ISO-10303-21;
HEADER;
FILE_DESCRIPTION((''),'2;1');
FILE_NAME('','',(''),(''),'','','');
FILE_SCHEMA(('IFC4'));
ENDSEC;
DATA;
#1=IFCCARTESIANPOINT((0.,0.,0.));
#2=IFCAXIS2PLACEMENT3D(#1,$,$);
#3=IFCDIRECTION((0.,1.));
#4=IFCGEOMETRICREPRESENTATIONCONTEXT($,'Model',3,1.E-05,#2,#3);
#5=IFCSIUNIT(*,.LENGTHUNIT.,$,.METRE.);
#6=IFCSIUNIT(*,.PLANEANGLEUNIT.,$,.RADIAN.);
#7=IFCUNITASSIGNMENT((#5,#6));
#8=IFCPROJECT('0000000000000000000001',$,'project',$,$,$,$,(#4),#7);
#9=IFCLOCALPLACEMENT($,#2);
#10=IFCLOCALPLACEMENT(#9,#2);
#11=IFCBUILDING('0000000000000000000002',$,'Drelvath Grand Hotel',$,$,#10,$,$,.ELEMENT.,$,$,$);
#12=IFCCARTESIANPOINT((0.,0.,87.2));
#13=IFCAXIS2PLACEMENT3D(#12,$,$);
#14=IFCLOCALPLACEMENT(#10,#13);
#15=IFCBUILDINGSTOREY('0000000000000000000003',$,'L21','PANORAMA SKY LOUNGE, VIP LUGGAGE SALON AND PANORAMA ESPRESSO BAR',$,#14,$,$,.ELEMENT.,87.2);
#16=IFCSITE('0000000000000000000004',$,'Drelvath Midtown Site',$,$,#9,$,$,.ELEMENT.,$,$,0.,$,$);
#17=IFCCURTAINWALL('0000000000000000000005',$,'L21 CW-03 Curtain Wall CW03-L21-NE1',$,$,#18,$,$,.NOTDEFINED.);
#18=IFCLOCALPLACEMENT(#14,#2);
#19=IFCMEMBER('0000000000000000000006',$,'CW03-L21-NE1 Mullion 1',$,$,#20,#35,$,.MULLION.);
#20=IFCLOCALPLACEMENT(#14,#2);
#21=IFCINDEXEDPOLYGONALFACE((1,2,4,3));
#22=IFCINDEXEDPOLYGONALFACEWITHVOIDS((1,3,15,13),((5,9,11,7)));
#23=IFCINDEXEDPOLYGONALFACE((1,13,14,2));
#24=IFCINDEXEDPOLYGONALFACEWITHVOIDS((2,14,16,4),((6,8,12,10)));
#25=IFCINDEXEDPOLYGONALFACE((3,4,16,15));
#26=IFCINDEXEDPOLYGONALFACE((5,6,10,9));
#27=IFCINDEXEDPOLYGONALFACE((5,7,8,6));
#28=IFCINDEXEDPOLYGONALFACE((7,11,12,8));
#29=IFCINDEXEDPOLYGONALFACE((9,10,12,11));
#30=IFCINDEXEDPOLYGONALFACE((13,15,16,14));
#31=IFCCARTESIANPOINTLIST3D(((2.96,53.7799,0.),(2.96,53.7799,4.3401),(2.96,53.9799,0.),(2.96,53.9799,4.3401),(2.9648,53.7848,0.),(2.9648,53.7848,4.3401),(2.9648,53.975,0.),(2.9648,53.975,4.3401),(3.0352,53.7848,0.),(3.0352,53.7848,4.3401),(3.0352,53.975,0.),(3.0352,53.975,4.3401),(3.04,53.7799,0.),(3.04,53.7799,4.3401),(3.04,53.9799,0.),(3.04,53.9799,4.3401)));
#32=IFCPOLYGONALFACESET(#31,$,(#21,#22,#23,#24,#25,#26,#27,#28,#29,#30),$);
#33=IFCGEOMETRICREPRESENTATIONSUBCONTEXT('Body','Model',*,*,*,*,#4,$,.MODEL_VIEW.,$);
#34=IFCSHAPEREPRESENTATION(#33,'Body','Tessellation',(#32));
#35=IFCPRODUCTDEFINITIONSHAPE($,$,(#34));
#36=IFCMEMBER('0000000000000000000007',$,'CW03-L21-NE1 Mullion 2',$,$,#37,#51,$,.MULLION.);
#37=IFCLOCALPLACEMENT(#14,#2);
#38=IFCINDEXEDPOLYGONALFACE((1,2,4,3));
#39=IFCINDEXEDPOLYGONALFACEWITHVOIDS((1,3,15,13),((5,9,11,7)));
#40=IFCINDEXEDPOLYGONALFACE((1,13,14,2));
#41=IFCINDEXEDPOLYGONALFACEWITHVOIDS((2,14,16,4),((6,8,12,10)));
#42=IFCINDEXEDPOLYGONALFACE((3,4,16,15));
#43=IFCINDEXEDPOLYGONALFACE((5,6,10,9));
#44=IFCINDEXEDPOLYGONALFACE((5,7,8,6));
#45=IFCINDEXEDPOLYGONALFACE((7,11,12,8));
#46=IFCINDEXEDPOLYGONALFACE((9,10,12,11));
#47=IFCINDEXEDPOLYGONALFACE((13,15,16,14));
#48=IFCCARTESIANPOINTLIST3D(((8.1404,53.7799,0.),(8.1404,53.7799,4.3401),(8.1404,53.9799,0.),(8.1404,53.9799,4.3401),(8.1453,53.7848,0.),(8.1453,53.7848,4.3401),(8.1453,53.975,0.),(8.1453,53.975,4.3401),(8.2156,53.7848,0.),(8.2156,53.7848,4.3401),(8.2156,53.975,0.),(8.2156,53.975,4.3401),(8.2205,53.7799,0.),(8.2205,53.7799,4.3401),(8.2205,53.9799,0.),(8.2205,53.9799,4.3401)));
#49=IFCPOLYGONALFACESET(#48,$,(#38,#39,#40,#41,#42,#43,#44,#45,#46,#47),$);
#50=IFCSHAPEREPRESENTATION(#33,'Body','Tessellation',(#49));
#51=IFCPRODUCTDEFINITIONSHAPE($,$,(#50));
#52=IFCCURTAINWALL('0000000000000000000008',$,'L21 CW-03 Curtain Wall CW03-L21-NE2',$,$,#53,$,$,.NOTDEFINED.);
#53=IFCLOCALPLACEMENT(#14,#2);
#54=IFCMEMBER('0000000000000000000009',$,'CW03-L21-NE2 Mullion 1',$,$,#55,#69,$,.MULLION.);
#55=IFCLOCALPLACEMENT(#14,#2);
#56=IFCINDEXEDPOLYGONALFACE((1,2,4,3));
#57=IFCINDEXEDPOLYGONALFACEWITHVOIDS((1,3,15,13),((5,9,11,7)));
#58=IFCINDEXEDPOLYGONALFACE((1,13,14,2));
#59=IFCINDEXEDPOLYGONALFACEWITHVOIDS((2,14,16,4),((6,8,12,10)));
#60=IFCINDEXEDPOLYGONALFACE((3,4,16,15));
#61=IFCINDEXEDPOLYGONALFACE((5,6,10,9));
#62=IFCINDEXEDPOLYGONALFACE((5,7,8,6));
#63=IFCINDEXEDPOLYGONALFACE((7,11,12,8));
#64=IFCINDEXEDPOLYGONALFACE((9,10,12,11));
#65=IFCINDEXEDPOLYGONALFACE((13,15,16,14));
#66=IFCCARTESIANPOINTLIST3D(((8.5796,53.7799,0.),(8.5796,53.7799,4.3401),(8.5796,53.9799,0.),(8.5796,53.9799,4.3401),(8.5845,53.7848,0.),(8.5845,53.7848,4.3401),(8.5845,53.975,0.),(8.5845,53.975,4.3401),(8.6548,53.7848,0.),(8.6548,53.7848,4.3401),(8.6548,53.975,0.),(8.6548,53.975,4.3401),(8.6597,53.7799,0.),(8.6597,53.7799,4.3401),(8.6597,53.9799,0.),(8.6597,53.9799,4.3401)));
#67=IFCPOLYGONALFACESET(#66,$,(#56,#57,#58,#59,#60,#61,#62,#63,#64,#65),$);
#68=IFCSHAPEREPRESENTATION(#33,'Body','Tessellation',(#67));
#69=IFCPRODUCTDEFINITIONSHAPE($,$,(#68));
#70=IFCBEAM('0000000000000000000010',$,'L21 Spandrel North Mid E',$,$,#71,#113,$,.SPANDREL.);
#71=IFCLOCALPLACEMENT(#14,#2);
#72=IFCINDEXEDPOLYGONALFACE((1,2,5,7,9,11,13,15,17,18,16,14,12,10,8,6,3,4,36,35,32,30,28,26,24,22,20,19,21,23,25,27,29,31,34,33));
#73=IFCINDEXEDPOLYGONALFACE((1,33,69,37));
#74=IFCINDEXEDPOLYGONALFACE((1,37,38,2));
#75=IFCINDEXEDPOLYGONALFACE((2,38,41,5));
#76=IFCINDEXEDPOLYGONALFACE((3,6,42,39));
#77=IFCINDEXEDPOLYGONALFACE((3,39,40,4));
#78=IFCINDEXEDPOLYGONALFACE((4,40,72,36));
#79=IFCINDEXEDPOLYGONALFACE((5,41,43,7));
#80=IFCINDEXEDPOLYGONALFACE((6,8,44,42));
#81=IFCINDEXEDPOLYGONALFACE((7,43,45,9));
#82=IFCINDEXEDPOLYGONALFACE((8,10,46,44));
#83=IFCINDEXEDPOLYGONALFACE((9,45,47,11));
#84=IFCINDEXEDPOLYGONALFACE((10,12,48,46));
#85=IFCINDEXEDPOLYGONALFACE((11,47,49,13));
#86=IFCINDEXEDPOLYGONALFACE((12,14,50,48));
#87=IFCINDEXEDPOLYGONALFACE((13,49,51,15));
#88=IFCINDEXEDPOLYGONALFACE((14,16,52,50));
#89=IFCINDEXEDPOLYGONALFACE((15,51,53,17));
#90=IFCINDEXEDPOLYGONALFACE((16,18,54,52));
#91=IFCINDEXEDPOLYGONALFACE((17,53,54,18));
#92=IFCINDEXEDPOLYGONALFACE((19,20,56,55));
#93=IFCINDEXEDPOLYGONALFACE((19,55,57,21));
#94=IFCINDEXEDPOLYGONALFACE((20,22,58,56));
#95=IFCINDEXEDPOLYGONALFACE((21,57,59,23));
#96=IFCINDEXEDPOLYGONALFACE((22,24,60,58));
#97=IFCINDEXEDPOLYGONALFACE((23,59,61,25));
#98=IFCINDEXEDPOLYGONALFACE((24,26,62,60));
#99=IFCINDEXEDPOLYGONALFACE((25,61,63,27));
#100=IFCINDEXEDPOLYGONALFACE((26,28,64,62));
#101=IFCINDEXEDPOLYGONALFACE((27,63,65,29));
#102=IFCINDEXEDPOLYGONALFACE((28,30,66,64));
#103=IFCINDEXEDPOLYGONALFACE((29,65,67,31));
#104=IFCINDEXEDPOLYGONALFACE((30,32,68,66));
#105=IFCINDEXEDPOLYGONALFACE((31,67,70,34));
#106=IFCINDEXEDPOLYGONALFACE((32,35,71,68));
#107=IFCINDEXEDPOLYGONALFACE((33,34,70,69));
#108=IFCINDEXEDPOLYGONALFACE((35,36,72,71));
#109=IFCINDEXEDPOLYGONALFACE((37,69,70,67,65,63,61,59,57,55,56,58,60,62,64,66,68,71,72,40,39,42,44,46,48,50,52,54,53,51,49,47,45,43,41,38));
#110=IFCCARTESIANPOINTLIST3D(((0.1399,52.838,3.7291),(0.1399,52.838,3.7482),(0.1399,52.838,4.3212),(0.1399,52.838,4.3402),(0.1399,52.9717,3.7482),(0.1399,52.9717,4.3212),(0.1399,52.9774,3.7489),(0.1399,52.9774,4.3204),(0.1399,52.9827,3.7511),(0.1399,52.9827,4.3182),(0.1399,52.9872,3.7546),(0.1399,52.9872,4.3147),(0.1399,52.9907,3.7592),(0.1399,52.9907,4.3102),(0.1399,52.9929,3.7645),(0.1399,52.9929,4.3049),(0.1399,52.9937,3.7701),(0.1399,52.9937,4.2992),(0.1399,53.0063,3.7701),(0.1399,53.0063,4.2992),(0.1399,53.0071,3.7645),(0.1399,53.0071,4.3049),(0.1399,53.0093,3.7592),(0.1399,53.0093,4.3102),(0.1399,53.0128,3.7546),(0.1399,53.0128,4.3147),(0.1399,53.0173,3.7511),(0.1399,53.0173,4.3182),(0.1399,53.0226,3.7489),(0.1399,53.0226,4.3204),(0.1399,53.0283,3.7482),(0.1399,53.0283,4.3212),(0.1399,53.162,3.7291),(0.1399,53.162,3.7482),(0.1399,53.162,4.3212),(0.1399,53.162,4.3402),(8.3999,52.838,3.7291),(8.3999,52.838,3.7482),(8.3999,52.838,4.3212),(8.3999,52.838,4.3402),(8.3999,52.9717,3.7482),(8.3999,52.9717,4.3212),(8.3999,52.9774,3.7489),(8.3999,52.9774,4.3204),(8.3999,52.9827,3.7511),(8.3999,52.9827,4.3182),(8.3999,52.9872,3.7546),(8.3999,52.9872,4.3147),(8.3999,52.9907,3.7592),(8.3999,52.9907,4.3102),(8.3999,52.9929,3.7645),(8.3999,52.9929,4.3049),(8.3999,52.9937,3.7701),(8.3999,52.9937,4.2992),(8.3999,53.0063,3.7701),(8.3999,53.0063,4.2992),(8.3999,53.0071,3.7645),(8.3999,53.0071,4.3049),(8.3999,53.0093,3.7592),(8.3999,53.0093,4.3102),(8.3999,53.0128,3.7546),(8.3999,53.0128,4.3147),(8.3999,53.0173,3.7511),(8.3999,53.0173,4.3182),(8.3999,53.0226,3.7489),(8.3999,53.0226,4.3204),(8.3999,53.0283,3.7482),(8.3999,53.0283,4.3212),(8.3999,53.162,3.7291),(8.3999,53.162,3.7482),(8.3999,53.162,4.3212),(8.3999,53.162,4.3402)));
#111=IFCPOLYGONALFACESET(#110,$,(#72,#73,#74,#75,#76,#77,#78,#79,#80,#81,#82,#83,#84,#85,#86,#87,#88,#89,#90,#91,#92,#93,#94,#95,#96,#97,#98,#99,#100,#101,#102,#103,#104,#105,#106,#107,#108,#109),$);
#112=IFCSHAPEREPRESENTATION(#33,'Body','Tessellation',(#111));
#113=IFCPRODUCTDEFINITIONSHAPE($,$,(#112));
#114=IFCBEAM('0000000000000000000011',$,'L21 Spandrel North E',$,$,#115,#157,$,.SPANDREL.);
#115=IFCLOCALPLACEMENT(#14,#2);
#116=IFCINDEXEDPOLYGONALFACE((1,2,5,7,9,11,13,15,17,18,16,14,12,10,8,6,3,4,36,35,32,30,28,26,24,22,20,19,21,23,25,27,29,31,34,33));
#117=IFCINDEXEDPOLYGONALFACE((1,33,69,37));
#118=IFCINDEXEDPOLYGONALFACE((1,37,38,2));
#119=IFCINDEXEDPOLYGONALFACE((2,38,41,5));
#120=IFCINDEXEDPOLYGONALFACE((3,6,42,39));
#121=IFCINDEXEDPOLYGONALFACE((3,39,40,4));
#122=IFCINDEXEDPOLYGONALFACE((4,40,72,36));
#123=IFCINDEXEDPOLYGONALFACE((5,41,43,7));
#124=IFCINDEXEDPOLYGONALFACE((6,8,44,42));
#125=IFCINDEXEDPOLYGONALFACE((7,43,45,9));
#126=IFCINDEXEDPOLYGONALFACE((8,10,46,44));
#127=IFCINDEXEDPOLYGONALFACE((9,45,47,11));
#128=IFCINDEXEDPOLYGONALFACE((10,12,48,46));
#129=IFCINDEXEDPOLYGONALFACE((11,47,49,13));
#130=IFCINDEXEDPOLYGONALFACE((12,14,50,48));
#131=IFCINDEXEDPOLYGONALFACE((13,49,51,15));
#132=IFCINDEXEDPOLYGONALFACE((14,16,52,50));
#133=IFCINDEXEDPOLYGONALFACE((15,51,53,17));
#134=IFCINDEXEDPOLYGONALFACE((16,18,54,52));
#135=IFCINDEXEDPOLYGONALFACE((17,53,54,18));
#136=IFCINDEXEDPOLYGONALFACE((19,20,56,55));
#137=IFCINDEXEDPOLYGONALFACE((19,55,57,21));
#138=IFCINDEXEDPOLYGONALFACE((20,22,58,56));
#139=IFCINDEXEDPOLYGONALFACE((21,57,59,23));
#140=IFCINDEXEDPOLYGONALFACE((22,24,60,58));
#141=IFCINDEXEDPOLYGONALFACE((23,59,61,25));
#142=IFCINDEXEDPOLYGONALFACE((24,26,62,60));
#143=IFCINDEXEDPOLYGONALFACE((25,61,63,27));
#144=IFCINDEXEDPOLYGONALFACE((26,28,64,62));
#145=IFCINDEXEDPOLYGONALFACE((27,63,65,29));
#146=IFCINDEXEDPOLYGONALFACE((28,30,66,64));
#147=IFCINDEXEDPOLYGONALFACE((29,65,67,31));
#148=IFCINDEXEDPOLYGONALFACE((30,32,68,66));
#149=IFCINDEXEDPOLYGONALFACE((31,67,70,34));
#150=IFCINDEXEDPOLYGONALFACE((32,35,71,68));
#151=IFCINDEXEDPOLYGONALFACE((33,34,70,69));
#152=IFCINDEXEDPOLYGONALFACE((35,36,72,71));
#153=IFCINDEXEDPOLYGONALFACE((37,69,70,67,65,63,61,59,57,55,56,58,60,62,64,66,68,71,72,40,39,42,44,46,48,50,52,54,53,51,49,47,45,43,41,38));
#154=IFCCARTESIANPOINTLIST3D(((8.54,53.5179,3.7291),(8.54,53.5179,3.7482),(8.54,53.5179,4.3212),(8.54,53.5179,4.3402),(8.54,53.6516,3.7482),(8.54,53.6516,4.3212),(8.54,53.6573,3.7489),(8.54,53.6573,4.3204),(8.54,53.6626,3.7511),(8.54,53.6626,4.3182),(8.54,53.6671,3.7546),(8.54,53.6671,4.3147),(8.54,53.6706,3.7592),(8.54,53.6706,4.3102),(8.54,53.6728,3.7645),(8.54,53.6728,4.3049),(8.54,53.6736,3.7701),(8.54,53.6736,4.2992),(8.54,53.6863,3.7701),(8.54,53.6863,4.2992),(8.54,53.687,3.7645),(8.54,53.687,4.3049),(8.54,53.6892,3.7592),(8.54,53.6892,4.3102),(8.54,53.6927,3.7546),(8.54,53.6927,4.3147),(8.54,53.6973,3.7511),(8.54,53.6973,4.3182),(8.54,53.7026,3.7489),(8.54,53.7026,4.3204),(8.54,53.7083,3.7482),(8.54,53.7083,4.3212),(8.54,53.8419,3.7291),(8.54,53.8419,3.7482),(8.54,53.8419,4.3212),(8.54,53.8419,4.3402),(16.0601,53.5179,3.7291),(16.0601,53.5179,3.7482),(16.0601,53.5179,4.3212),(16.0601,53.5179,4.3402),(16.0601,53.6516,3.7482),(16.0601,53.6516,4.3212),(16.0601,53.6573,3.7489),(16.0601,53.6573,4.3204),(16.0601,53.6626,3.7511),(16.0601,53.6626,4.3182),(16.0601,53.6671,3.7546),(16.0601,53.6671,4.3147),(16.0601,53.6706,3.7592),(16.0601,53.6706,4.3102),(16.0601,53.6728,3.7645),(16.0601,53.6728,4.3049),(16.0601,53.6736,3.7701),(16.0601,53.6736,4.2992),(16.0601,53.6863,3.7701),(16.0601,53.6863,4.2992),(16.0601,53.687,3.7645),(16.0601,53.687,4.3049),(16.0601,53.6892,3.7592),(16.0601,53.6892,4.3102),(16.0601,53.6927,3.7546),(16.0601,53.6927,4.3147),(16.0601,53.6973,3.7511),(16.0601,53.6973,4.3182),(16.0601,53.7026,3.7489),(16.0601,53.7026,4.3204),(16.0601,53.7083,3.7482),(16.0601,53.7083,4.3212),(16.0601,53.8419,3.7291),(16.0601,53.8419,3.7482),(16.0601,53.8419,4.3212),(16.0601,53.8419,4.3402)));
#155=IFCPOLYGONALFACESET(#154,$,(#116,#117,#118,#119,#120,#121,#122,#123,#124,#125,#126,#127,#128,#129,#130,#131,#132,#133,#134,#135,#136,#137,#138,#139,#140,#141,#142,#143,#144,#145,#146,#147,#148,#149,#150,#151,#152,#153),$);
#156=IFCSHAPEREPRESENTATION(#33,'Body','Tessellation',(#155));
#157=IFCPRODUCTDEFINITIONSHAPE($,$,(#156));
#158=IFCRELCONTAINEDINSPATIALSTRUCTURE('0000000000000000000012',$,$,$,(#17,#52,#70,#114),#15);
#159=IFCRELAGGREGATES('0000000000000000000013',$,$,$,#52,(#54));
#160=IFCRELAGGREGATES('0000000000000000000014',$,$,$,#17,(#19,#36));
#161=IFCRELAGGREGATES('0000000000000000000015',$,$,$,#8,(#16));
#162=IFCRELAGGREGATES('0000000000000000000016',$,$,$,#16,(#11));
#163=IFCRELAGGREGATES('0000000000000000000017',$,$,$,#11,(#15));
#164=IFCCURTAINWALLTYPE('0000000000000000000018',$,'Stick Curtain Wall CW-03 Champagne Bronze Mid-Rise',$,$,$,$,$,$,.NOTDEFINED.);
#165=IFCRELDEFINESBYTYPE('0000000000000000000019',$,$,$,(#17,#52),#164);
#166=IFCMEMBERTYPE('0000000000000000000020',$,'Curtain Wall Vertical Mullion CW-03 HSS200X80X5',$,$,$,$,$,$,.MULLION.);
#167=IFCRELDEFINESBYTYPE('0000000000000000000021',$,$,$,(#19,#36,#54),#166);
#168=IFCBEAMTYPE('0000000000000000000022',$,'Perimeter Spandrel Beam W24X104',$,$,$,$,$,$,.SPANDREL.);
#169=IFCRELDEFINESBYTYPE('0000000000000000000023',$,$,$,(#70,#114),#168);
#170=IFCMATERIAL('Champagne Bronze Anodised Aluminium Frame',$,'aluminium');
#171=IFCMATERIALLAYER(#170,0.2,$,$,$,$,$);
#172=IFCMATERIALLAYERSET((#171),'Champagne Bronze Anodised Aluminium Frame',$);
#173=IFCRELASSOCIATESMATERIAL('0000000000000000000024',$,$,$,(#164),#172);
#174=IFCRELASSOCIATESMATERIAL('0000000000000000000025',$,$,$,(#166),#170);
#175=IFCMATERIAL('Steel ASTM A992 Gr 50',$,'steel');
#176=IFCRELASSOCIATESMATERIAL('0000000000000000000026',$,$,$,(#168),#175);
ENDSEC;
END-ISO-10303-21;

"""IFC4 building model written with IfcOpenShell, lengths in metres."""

from ifc_helpers import new_model, si_unit, direction, frame, origin, origin_2d, place, context, subcontext, project, spatial, hollow_rectangle, i_section, extrude, material, layer, layer_set, material_profile, profile_set, type_object, element, aggregate, save


model = new_model("IFC4")

# Units and contexts
model_context = context("Model", 3, precision=1e-05, world=origin(), true_north=direction((0.0, 1.0)))
body_context = subcontext(model_context, "Body", "Model", "MODEL_VIEW")
ifc_project = project(units=[si_unit("LENGTHUNIT", "METRE"), si_unit("PLANEANGLEUNIT", "RADIAN")], contexts=[model_context])

# Site, building, storey
site_placement = place(None, origin())
site = spatial("IfcSite", under=ifc_project, at=site_placement, Name="Drelvath Midtown Site", CompositionType="ELEMENT", RefElevation=0.0)
building_placement = place(site_placement, origin())
building = spatial("IfcBuilding", under=site, at=building_placement, Name="Drelvath Grand Hotel", CompositionType="ELEMENT")
storey_placement = place(building_placement, frame((0.0, 0.0, 87.2)))
storey = spatial("IfcBuildingStorey", under=building, at=storey_placement, Name="L21", Description="PANORAMA SKY LOUNGE, VIP LUGGAGE SALON AND PANORAMA ESPRESSO BAR", CompositionType="ELEMENT", Elevation=87.2)

# Curtain wall
ifc_material_1 = material(Name="Champagne Bronze Anodised Aluminium Frame", Category="aluminium")
ifc_layer_1 = layer(ifc_material_1, 0.2)
ifc_layer_set_1 = layer_set([ifc_layer_1], Name="Champagne Bronze Anodised Aluminium Frame")
curtain_wall_type = type_object("IfcCurtainWallType", Name="Stick Curtain Wall CW-03 Champagne Bronze Mid-Rise", PredefinedType="NOTDEFINED", material=ifc_layer_set_1)
curtain_wall_1_placement = place(storey_placement, origin())
curtain_wall_1 = element("IfcCurtainWall", 1, at=curtain_wall_1_placement, inside=storey, type_object=curtain_wall_type, Name="L21 CW-03 Curtain Wall CW03-L21-NE1", PredefinedType="NOTDEFINED")
ifc_material_profile_1 = material_profile(ifc_material_1, hollow_rectangle(XDim=0.0801, YDim=0.2, WallThickness=0.0049, at=origin_2d()), Name="HSS200X80X5")
ifc_profile_set_1 = profile_set([ifc_material_profile_1], Name="Champagne Bronze Anodised Aluminium Frame")
member_type_1 = type_object("IfcMemberType", Name="Curtain Wall Vertical Mullion CW-03 HSS200X80X5", PredefinedType="MULLION", material=ifc_profile_set_1)

# Members
member_1_placement = place(storey_placement, frame((3.0, 53.8799, 0.0), z_axis=(0.0, 0.0, 1.0), x_axis=(1.0, 0.0, 0.0)))
member_1 = element("IfcMember", 2, at=member_1_placement, type_object=member_type_1, Name="CW03-L21-NE1 Mullion 1", PredefinedType="MULLION", context=body_context, shape_type="SweptSolid", body=[
    extrude(hollow_rectangle(XDim=0.0801, YDim=0.2, WallThickness=0.0049, at=origin_2d()), origin(), (0.0, 0.0, 1.0), 4.3401),
])
member_2_placement = place(storey_placement, frame((8.1804, 53.8799, 0.0), z_axis=(0.0, 0.0, 1.0), x_axis=(1.0, 0.0, 0.0)))
member_2 = element("IfcMember", 3, at=member_2_placement, type_object=member_type_1, Name="CW03-L21-NE1 Mullion 2", PredefinedType="MULLION", context=body_context, shape_type="SweptSolid", body=[
    extrude(hollow_rectangle(XDim=0.0801, YDim=0.2, WallThickness=0.0049, at=origin_2d()), origin(), (0.0, 0.0, 1.0), 4.3401),
])

# Curtain wall, member
curtain_wall_2_placement = place(storey_placement, origin())
curtain_wall_2 = element("IfcCurtainWall", 4, at=curtain_wall_2_placement, inside=storey, type_object=curtain_wall_type, Name="L21 CW-03 Curtain Wall CW03-L21-NE2", PredefinedType="NOTDEFINED")
member_3_placement = place(storey_placement, frame((8.6196, 53.8799, 0.0), z_axis=(0.0, 0.0, 1.0), x_axis=(1.0, 0.0, 0.0)))
member_3 = element("IfcMember", 5, at=member_3_placement, type_object=member_type_1, Name="CW03-L21-NE2 Mullion 1", PredefinedType="MULLION", context=body_context, shape_type="SweptSolid", body=[
    extrude(hollow_rectangle(XDim=0.0801, YDim=0.2, WallThickness=0.0049, at=origin_2d()), origin(), (0.0, 0.0, 1.0), 4.3401),
])
aggregate(curtain_wall_2, [member_3])

# Beams
ifc_material_2 = material(Name="Steel ASTM A992 Gr 50", Category="steel")
ifc_material_profile_2 = material_profile(ifc_material_2, i_section(OverallWidth=0.324, OverallDepth=0.6111, WebThickness=0.0127, FlangeThickness=0.019, FilletRadius=0.022, at=origin_2d()), Name="W24X104")
ifc_profile_set_2 = profile_set([ifc_material_profile_2], Name="Steel ASTM A992 Gr 50")
beam_type_1 = type_object("IfcBeamType", Name="Perimeter Spandrel Beam W24X104", PredefinedType="SPANDREL", material=ifc_profile_set_2)
beam_1_placement = place(storey_placement, frame((0.1399, 53.0, 4.0347), z_axis=(1.0, 0.0, 0.0), x_axis=(0.0, 1.0, 0.0)))
element("IfcBeam", 6, at=beam_1_placement, inside=storey, type_object=beam_type_1, Name="L21 Spandrel North Mid E", PredefinedType="SPANDREL", context=body_context, shape_type="SweptSolid", body=[
    extrude(i_section(OverallWidth=0.324, OverallDepth=0.6111, WebThickness=0.0127, FlangeThickness=0.019, FilletRadius=0.022, at=origin_2d()), origin(), (0.0, 0.0, 1.0), 8.26),
])
beam_2_placement = place(storey_placement, frame((8.54, 53.6799, 4.0347), z_axis=(1.0, 0.0, 0.0), x_axis=(0.0, 1.0, 0.0)))
element("IfcBeam", 7, at=beam_2_placement, inside=storey, type_object=beam_type_1, Name="L21 Spandrel North E", PredefinedType="SPANDREL", context=body_context, shape_type="SweptSolid", body=[
    extrude(i_section(OverallWidth=0.324, OverallDepth=0.6111, WebThickness=0.0127, FlangeThickness=0.019, FilletRadius=0.022, at=origin_2d()), origin(), (0.0, 0.0, 1.0), 7.52),
])

aggregate(curtain_wall_1, [member_1, member_2])

save(model, "model.ifc")
